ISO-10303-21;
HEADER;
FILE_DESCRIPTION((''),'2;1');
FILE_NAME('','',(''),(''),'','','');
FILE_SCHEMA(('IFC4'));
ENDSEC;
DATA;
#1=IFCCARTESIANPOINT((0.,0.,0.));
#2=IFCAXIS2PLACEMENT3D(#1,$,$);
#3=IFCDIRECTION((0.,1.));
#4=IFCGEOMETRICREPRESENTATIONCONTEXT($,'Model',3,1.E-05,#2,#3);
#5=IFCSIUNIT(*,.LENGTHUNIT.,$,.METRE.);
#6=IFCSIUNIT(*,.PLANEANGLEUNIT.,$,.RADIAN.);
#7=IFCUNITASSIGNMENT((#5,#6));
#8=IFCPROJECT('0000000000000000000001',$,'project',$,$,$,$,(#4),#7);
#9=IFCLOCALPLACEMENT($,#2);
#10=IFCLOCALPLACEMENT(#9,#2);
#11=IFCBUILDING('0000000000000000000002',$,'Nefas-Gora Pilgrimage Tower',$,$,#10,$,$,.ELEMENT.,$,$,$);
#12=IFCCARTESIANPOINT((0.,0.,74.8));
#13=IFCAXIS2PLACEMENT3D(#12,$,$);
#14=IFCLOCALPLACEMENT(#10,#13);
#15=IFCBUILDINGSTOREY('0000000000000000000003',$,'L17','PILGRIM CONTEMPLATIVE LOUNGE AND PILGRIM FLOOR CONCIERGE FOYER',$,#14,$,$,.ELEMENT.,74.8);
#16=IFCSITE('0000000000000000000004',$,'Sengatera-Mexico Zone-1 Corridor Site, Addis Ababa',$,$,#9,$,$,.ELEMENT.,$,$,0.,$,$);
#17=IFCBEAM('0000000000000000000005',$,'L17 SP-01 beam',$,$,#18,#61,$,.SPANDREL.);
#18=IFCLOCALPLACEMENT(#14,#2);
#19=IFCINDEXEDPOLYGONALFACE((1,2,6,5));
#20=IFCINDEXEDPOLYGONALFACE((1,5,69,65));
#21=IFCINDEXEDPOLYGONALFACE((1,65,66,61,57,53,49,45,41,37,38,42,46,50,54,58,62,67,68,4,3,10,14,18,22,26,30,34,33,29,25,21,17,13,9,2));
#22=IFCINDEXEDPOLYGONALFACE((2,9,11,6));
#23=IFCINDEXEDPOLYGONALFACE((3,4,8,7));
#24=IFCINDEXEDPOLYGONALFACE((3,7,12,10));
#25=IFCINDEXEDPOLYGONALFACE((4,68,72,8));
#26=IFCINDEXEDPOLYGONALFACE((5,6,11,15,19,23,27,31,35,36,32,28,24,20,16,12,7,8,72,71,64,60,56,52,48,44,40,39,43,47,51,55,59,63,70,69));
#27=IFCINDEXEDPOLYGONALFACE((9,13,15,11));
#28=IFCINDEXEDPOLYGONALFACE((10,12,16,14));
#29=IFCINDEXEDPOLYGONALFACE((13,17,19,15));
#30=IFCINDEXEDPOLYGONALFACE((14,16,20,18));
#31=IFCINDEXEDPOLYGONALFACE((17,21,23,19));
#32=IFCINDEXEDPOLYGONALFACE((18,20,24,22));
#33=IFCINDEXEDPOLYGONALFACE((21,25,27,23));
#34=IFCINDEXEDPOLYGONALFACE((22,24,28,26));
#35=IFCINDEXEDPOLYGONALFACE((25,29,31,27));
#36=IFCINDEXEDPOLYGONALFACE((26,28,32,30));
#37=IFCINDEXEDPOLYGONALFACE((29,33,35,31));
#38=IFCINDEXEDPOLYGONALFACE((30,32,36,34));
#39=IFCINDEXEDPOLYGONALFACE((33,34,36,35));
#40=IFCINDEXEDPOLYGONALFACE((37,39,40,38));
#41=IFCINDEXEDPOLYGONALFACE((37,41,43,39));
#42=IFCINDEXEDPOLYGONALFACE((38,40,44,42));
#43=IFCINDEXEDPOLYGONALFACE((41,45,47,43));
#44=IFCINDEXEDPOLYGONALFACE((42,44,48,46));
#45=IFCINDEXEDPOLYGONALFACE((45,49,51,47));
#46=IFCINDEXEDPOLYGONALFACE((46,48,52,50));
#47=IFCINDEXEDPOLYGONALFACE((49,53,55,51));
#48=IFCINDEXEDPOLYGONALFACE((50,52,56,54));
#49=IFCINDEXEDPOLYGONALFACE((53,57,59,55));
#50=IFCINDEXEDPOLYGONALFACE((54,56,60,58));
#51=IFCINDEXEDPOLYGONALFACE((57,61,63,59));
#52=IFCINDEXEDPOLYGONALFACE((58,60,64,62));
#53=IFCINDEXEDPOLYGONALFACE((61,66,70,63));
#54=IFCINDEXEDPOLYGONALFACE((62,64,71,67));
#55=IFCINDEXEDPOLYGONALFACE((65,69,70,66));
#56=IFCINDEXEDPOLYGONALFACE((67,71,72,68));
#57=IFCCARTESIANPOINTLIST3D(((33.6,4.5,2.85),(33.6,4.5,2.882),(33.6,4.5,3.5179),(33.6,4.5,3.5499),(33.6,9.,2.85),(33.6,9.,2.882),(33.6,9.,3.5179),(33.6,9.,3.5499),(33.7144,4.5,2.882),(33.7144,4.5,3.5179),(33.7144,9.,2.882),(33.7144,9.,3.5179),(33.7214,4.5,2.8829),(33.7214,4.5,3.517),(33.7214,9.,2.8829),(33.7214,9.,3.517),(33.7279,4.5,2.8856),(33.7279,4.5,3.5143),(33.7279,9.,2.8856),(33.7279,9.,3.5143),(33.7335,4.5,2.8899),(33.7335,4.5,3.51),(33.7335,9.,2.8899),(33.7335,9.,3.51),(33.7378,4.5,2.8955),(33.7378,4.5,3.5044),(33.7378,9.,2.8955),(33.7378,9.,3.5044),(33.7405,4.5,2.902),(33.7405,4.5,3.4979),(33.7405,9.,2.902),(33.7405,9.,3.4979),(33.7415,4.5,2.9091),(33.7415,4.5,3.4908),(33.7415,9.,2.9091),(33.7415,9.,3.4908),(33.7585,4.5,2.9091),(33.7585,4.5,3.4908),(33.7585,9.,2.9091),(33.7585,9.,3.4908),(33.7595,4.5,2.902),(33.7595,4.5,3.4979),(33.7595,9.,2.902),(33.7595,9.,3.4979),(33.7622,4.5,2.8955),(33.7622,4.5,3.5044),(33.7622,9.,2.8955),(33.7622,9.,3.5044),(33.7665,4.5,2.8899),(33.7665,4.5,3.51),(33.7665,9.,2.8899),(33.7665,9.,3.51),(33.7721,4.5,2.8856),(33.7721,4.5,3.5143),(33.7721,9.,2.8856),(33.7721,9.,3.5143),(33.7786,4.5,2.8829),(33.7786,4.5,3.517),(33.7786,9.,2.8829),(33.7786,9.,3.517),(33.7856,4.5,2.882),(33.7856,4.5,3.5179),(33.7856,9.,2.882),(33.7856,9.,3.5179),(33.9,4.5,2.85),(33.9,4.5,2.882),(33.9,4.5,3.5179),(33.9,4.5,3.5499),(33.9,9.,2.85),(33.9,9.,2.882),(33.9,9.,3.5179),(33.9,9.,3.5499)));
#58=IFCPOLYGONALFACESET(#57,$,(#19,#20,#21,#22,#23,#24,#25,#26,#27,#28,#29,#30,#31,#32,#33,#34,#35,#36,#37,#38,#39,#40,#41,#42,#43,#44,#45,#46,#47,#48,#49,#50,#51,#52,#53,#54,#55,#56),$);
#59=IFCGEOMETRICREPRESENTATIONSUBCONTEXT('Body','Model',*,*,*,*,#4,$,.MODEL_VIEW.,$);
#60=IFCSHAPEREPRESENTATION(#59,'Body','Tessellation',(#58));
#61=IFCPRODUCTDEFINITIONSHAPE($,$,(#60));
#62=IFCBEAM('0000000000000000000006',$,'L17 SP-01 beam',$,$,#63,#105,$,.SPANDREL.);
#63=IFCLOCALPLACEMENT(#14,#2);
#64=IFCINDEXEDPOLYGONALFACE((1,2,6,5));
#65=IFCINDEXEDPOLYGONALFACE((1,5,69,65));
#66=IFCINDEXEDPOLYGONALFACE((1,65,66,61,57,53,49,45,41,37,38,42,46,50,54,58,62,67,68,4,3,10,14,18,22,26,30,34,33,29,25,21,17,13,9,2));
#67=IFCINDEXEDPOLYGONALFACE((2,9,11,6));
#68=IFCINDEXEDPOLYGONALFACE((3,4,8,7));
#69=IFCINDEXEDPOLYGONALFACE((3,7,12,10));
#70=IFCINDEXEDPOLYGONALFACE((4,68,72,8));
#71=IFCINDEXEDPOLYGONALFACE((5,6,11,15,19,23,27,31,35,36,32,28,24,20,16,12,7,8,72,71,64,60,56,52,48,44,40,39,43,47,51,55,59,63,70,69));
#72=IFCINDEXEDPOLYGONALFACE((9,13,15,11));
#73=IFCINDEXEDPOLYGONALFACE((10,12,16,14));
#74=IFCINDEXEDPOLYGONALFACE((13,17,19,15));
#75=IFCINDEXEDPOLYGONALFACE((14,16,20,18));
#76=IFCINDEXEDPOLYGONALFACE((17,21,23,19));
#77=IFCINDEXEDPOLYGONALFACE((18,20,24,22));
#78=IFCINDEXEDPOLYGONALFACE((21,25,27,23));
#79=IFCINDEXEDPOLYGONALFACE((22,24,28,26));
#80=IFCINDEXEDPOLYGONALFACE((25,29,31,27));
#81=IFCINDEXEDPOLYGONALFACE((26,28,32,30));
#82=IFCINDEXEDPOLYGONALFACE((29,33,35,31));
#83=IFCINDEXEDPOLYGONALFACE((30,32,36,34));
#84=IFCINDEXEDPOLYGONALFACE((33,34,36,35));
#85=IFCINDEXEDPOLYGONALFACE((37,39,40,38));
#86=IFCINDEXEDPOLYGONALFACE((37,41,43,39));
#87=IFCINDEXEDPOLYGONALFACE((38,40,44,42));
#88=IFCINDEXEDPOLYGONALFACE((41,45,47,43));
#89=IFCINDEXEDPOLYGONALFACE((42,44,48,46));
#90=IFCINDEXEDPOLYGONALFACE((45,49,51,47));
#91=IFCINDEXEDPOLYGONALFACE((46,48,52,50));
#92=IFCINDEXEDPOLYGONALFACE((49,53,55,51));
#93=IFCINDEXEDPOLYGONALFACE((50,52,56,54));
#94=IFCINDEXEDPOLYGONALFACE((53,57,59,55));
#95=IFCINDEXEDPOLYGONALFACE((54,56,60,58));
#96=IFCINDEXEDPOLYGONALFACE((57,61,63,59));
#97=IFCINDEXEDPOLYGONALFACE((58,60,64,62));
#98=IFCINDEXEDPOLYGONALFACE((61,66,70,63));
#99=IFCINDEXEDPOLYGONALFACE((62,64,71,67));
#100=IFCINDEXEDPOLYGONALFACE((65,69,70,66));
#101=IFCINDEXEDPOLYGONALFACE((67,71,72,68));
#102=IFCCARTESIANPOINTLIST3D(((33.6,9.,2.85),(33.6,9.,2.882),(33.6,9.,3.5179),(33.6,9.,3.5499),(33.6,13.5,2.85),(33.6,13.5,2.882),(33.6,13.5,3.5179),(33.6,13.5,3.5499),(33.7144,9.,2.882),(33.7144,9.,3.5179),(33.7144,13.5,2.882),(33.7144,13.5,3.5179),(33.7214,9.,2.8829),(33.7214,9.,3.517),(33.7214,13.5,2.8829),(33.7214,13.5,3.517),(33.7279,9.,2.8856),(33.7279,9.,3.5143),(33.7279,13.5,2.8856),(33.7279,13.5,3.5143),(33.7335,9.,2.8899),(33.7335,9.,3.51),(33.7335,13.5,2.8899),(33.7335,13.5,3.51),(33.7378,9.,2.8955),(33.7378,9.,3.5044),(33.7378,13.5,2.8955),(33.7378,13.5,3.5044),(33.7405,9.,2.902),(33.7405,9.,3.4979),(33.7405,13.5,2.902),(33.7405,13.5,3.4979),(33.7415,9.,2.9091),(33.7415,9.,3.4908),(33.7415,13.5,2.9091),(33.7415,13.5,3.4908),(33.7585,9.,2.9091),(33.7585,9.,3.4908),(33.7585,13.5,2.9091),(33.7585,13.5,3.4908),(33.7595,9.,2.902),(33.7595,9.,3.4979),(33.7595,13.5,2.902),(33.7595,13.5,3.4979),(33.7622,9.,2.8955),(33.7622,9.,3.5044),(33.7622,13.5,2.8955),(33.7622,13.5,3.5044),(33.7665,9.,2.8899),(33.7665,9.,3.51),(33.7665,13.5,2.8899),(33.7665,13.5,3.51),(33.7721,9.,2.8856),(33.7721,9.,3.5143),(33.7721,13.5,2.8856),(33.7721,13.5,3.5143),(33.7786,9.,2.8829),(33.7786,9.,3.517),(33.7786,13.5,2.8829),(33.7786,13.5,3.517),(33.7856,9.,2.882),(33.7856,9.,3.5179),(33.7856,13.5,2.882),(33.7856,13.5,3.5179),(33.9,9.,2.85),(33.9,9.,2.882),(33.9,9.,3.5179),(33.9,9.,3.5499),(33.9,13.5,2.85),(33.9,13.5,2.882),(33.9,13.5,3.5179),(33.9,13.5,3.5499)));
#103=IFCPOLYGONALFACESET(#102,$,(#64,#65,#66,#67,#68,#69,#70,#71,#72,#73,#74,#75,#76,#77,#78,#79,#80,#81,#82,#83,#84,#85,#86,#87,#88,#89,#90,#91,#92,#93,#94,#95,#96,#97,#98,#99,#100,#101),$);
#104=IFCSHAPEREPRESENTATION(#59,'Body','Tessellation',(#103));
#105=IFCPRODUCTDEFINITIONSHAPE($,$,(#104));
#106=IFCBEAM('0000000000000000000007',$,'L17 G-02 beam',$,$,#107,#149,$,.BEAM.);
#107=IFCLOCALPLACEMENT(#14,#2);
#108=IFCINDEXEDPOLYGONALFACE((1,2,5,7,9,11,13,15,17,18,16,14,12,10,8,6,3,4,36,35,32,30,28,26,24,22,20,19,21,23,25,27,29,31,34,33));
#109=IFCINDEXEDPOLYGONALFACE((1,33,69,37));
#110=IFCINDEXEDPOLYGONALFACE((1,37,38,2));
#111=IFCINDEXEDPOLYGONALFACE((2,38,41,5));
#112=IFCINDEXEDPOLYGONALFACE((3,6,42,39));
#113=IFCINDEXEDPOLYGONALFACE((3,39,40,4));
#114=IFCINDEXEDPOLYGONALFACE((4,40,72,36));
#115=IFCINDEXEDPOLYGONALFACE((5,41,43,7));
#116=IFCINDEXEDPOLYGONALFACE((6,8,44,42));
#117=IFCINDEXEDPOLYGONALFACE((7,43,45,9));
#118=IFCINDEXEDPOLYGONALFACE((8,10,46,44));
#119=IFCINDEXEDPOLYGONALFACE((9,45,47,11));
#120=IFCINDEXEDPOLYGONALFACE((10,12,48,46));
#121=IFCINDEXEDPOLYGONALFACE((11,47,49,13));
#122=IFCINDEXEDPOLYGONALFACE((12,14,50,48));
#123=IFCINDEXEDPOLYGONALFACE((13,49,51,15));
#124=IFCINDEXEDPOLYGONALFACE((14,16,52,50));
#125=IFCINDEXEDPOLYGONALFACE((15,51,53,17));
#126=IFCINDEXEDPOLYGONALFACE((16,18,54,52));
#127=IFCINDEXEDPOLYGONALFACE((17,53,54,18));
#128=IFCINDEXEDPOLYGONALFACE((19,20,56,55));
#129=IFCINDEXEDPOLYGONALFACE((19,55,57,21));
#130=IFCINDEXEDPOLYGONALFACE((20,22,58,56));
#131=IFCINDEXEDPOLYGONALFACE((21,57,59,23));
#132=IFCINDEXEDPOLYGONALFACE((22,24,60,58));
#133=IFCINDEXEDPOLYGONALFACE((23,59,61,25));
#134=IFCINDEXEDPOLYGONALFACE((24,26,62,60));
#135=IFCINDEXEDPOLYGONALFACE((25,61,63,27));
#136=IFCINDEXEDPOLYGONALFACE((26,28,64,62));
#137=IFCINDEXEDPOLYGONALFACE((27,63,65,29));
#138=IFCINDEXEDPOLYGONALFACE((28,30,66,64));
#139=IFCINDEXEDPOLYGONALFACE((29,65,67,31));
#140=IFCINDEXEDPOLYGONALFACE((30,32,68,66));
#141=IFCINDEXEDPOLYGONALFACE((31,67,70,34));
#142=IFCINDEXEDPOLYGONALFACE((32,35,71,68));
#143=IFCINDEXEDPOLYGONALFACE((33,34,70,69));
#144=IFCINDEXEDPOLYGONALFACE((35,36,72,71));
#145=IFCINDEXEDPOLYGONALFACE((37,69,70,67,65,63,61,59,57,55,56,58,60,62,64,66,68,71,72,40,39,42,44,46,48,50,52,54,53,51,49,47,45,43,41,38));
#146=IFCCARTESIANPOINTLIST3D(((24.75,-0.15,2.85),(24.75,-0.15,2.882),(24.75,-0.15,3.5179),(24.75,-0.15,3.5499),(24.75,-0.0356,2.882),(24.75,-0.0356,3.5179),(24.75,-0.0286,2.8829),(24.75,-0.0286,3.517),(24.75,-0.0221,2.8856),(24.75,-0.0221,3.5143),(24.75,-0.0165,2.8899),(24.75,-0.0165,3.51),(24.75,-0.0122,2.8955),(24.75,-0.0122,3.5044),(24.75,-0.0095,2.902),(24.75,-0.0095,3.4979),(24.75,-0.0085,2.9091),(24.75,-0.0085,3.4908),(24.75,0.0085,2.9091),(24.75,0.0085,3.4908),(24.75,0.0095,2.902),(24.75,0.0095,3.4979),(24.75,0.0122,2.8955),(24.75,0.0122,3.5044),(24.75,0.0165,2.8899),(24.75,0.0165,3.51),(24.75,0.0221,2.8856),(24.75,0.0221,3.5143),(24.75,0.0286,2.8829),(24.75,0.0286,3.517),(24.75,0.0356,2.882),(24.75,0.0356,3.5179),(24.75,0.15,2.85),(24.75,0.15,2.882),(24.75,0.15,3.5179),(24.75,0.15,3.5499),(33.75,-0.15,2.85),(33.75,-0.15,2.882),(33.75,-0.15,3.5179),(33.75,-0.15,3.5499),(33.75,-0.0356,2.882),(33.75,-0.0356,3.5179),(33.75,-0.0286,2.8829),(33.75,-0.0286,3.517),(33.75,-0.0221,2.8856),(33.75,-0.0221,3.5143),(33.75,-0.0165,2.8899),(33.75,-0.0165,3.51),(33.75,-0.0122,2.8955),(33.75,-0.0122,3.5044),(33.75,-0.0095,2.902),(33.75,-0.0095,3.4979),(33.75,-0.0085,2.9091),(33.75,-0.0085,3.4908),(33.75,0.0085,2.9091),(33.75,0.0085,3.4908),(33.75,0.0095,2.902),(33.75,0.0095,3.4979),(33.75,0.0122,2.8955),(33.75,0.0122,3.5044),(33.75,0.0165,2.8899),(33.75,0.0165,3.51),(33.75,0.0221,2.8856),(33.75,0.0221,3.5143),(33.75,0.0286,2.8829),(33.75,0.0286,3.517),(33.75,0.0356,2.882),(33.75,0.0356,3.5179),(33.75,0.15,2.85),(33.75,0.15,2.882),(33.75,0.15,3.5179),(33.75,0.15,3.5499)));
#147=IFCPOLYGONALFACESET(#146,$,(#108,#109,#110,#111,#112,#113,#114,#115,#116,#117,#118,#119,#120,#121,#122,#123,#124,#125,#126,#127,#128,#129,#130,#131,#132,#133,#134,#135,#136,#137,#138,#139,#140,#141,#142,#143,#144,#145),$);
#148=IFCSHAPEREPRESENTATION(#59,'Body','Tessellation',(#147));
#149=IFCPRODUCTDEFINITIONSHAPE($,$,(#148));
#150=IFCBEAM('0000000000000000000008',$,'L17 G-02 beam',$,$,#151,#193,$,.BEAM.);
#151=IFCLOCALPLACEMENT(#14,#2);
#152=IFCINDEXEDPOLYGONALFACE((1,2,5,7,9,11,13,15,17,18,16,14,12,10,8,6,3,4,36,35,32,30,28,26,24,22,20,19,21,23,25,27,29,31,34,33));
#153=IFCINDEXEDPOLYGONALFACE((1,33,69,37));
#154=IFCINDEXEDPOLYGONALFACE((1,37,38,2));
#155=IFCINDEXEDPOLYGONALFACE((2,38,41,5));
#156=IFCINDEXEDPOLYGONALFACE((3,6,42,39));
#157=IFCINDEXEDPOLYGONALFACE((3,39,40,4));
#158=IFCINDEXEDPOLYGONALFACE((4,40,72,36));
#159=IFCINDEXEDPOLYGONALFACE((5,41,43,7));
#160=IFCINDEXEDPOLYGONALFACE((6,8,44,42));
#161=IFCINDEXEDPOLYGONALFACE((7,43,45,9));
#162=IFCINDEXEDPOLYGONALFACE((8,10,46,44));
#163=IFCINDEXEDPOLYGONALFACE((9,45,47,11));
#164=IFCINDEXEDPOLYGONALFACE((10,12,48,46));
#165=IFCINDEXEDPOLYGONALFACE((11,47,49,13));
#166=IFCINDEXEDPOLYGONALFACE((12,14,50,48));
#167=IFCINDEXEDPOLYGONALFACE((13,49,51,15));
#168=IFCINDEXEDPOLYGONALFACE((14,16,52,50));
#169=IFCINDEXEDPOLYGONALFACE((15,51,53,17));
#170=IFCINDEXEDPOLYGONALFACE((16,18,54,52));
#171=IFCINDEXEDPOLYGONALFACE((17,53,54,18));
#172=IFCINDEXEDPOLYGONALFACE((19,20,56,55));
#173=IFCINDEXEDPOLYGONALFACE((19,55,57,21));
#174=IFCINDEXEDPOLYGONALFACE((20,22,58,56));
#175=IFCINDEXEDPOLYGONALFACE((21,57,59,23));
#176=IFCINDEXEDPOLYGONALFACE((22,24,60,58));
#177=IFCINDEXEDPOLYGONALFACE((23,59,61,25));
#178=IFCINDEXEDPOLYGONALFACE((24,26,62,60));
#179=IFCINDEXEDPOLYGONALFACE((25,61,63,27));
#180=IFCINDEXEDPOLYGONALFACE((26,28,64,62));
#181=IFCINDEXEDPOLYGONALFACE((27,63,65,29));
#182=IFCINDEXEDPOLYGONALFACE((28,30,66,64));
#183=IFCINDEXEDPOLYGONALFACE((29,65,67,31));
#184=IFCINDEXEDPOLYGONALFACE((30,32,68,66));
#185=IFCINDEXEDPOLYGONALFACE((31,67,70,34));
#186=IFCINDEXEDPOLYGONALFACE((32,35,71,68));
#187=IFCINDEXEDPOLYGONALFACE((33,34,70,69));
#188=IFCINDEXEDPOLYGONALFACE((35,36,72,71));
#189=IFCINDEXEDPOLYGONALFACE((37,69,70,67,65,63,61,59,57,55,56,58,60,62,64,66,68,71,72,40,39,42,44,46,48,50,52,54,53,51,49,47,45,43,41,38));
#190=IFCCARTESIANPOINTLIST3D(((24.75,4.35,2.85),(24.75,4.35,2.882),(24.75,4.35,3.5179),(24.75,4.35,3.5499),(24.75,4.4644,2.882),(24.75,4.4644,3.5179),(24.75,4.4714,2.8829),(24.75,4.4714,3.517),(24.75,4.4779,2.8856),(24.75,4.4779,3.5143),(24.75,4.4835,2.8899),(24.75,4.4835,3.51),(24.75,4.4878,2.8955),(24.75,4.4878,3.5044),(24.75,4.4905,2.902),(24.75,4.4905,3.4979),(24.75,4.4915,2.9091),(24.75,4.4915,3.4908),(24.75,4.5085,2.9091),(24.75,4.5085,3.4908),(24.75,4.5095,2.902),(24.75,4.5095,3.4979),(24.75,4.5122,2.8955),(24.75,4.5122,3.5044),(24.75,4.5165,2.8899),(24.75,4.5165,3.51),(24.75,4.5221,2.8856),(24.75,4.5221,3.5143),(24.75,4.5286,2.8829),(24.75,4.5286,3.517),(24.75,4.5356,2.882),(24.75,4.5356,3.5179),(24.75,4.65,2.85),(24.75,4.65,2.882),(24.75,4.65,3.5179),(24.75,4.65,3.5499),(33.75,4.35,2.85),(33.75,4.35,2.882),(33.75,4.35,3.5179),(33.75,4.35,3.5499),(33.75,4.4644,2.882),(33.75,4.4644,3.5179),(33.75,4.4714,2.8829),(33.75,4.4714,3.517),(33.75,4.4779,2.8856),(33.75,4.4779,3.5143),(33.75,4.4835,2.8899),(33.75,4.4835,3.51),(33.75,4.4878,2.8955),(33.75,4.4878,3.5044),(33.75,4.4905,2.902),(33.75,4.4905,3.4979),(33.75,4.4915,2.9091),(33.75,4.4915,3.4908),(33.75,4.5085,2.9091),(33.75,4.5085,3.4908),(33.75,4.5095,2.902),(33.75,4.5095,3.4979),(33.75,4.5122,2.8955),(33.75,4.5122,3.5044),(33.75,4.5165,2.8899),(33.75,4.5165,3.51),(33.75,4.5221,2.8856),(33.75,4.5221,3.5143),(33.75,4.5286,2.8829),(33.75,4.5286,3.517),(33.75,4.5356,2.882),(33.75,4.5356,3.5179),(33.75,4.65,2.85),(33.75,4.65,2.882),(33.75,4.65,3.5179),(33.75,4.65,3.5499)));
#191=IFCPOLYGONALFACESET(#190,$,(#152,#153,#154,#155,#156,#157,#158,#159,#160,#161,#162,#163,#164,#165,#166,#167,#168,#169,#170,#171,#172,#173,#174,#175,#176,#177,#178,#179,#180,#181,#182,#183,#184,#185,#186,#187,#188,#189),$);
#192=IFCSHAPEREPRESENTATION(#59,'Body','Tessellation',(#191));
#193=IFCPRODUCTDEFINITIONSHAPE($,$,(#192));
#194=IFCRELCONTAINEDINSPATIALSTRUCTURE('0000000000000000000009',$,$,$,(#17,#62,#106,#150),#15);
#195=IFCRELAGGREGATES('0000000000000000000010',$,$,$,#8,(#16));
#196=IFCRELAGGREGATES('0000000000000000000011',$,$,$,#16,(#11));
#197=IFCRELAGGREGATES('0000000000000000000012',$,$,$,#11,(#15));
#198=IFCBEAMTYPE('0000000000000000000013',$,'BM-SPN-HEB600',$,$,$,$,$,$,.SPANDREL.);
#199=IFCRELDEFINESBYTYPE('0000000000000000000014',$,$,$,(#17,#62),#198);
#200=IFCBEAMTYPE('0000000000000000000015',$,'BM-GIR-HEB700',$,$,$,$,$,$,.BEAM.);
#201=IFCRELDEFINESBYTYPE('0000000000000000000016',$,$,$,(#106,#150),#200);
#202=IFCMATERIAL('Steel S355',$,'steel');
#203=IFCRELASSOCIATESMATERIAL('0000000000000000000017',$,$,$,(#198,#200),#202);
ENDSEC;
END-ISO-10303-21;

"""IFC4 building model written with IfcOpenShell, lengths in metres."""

from ifc_helpers import new_model, si_unit, direction, frame, origin, origin_2d, place, context, subcontext, project, spatial, i_section, extrude, source, transform, mapped, material, material_profile, profile_set, type_object, element, save


model = new_model("IFC4")

# Units and contexts
model_context = context("Model", 3, precision=1e-05, world=origin(), true_north=direction((0.0, 1.0)))
body_context = subcontext(model_context, "Body", "Model", "MODEL_VIEW")
ifc_project = project(units=[si_unit("LENGTHUNIT", "METRE"), si_unit("PLANEANGLEUNIT", "RADIAN")], contexts=[model_context])

# Site, building, storey
site_placement = place(None, origin())
site = spatial("IfcSite", under=ifc_project, at=site_placement, Name="Sengatera-Mexico Zone-1 Corridor Site, Addis Ababa", CompositionType="ELEMENT", RefElevation=0.0)
building_placement = place(site_placement, origin())
building = spatial("IfcBuilding", under=site, at=building_placement, Name="Nefas-Gora Pilgrimage Tower", CompositionType="ELEMENT")
storey_placement = place(building_placement, frame((0.0, 0.0, 74.8)))
storey = spatial("IfcBuildingStorey", under=building, at=storey_placement, Name="L17", Description="PILGRIM CONTEMPLATIVE LOUNGE AND PILGRIM FLOOR CONCIERGE FOYER", CompositionType="ELEMENT", Elevation=74.8)

# Beams
ifc_material_1 = material(Name="Steel S355", Category="steel")
ifc_material_profile_1 = material_profile(ifc_material_1, i_section(OverallWidth=0.3, OverallDepth=0.7, WebThickness=0.0171, FlangeThickness=0.032, FilletRadius=0.0271, at=origin_2d()), Name="HEB 700")
ifc_profile_set_1 = profile_set([ifc_material_profile_1], Name="Steel S355")
beam_type_1 = type_object("IfcBeamType", Name="BM-SPN-HEB600", PredefinedType="SPANDREL", material=ifc_profile_set_1)
shared_shape_1 = source(origin(), body_context, "Body", "SweptSolid", [
    extrude(i_section(OverallWidth=0.3, OverallDepth=0.7, WebThickness=0.0171, FlangeThickness=0.032, FilletRadius=0.0271, at=origin_2d()), origin(), (0.0, 0.0, 1.0), 4.5),
])
for number, where, z_axis, x_axis, name in (
    (1, (33.75, 4.5, 3.2), (0.0, 1.0, 0.0), (-1.0, 0.0, 0.0), "L17 SP-01 beam"),
    (2, (33.75, 9.0, 3.2), (0.0, 1.0, 0.0), (-1.0, 0.0, 0.0), "L17 SP-01 beam"),
):
    element("IfcBeam", number, at=place(storey_placement, frame(where, z_axis=z_axis, x_axis=x_axis)), inside=storey, type_object=beam_type_1, Name=name, PredefinedType="SPANDREL", context=body_context, shape_type="MappedRepresentation", body=[
        mapped(shared_shape_1, transform((0.0, 0.0, 0.0), x_axis=(1.0, 0.0, 0.0), y_axis=(0.0, 1.0, 0.0), z_axis=(0.0, 0.0, 1.0), scale=1.0)),
    ])
ifc_material_profile_2 = material_profile(ifc_material_1, i_section(OverallWidth=0.3, OverallDepth=0.7, WebThickness=0.0171, FlangeThickness=0.032, FilletRadius=0.0271, at=origin_2d()), Name="HEB 700")
ifc_profile_set_2 = profile_set([ifc_material_profile_2], Name="Steel S355")
beam_type_2 = type_object("IfcBeamType", Name="BM-GIR-HEB700", PredefinedType="BEAM", material=ifc_profile_set_2)
shared_shape_2 = source(origin(), body_context, "Body", "SweptSolid", [
    extrude(i_section(OverallWidth=0.3, OverallDepth=0.7, WebThickness=0.0171, FlangeThickness=0.032, FilletRadius=0.0271, at=origin_2d()), origin(), (0.0, 0.0, 1.0), 9.0),
])
for number, where, z_axis, x_axis, name in (
    (3, (24.75, 0.0, 3.2), (1.0, 0.0, 0.0), (0.0, 1.0, 0.0), "L17 G-02 beam"),
    (4, (24.75, 4.5, 3.2), (1.0, 0.0, 0.0), (0.0, 1.0, 0.0), "L17 G-02 beam"),
):
    element("IfcBeam", number, at=place(storey_placement, frame(where, z_axis=z_axis, x_axis=x_axis)), inside=storey, type_object=beam_type_2, Name=name, PredefinedType="BEAM", context=body_context, shape_type="MappedRepresentation", body=[
        mapped(shared_shape_2, transform((0.0, 0.0, 0.0), x_axis=(1.0, 0.0, 0.0), y_axis=(0.0, 1.0, 0.0), z_axis=(0.0, 0.0, 1.0), scale=1.0)),
    ])

save(model, "model.ifc")
